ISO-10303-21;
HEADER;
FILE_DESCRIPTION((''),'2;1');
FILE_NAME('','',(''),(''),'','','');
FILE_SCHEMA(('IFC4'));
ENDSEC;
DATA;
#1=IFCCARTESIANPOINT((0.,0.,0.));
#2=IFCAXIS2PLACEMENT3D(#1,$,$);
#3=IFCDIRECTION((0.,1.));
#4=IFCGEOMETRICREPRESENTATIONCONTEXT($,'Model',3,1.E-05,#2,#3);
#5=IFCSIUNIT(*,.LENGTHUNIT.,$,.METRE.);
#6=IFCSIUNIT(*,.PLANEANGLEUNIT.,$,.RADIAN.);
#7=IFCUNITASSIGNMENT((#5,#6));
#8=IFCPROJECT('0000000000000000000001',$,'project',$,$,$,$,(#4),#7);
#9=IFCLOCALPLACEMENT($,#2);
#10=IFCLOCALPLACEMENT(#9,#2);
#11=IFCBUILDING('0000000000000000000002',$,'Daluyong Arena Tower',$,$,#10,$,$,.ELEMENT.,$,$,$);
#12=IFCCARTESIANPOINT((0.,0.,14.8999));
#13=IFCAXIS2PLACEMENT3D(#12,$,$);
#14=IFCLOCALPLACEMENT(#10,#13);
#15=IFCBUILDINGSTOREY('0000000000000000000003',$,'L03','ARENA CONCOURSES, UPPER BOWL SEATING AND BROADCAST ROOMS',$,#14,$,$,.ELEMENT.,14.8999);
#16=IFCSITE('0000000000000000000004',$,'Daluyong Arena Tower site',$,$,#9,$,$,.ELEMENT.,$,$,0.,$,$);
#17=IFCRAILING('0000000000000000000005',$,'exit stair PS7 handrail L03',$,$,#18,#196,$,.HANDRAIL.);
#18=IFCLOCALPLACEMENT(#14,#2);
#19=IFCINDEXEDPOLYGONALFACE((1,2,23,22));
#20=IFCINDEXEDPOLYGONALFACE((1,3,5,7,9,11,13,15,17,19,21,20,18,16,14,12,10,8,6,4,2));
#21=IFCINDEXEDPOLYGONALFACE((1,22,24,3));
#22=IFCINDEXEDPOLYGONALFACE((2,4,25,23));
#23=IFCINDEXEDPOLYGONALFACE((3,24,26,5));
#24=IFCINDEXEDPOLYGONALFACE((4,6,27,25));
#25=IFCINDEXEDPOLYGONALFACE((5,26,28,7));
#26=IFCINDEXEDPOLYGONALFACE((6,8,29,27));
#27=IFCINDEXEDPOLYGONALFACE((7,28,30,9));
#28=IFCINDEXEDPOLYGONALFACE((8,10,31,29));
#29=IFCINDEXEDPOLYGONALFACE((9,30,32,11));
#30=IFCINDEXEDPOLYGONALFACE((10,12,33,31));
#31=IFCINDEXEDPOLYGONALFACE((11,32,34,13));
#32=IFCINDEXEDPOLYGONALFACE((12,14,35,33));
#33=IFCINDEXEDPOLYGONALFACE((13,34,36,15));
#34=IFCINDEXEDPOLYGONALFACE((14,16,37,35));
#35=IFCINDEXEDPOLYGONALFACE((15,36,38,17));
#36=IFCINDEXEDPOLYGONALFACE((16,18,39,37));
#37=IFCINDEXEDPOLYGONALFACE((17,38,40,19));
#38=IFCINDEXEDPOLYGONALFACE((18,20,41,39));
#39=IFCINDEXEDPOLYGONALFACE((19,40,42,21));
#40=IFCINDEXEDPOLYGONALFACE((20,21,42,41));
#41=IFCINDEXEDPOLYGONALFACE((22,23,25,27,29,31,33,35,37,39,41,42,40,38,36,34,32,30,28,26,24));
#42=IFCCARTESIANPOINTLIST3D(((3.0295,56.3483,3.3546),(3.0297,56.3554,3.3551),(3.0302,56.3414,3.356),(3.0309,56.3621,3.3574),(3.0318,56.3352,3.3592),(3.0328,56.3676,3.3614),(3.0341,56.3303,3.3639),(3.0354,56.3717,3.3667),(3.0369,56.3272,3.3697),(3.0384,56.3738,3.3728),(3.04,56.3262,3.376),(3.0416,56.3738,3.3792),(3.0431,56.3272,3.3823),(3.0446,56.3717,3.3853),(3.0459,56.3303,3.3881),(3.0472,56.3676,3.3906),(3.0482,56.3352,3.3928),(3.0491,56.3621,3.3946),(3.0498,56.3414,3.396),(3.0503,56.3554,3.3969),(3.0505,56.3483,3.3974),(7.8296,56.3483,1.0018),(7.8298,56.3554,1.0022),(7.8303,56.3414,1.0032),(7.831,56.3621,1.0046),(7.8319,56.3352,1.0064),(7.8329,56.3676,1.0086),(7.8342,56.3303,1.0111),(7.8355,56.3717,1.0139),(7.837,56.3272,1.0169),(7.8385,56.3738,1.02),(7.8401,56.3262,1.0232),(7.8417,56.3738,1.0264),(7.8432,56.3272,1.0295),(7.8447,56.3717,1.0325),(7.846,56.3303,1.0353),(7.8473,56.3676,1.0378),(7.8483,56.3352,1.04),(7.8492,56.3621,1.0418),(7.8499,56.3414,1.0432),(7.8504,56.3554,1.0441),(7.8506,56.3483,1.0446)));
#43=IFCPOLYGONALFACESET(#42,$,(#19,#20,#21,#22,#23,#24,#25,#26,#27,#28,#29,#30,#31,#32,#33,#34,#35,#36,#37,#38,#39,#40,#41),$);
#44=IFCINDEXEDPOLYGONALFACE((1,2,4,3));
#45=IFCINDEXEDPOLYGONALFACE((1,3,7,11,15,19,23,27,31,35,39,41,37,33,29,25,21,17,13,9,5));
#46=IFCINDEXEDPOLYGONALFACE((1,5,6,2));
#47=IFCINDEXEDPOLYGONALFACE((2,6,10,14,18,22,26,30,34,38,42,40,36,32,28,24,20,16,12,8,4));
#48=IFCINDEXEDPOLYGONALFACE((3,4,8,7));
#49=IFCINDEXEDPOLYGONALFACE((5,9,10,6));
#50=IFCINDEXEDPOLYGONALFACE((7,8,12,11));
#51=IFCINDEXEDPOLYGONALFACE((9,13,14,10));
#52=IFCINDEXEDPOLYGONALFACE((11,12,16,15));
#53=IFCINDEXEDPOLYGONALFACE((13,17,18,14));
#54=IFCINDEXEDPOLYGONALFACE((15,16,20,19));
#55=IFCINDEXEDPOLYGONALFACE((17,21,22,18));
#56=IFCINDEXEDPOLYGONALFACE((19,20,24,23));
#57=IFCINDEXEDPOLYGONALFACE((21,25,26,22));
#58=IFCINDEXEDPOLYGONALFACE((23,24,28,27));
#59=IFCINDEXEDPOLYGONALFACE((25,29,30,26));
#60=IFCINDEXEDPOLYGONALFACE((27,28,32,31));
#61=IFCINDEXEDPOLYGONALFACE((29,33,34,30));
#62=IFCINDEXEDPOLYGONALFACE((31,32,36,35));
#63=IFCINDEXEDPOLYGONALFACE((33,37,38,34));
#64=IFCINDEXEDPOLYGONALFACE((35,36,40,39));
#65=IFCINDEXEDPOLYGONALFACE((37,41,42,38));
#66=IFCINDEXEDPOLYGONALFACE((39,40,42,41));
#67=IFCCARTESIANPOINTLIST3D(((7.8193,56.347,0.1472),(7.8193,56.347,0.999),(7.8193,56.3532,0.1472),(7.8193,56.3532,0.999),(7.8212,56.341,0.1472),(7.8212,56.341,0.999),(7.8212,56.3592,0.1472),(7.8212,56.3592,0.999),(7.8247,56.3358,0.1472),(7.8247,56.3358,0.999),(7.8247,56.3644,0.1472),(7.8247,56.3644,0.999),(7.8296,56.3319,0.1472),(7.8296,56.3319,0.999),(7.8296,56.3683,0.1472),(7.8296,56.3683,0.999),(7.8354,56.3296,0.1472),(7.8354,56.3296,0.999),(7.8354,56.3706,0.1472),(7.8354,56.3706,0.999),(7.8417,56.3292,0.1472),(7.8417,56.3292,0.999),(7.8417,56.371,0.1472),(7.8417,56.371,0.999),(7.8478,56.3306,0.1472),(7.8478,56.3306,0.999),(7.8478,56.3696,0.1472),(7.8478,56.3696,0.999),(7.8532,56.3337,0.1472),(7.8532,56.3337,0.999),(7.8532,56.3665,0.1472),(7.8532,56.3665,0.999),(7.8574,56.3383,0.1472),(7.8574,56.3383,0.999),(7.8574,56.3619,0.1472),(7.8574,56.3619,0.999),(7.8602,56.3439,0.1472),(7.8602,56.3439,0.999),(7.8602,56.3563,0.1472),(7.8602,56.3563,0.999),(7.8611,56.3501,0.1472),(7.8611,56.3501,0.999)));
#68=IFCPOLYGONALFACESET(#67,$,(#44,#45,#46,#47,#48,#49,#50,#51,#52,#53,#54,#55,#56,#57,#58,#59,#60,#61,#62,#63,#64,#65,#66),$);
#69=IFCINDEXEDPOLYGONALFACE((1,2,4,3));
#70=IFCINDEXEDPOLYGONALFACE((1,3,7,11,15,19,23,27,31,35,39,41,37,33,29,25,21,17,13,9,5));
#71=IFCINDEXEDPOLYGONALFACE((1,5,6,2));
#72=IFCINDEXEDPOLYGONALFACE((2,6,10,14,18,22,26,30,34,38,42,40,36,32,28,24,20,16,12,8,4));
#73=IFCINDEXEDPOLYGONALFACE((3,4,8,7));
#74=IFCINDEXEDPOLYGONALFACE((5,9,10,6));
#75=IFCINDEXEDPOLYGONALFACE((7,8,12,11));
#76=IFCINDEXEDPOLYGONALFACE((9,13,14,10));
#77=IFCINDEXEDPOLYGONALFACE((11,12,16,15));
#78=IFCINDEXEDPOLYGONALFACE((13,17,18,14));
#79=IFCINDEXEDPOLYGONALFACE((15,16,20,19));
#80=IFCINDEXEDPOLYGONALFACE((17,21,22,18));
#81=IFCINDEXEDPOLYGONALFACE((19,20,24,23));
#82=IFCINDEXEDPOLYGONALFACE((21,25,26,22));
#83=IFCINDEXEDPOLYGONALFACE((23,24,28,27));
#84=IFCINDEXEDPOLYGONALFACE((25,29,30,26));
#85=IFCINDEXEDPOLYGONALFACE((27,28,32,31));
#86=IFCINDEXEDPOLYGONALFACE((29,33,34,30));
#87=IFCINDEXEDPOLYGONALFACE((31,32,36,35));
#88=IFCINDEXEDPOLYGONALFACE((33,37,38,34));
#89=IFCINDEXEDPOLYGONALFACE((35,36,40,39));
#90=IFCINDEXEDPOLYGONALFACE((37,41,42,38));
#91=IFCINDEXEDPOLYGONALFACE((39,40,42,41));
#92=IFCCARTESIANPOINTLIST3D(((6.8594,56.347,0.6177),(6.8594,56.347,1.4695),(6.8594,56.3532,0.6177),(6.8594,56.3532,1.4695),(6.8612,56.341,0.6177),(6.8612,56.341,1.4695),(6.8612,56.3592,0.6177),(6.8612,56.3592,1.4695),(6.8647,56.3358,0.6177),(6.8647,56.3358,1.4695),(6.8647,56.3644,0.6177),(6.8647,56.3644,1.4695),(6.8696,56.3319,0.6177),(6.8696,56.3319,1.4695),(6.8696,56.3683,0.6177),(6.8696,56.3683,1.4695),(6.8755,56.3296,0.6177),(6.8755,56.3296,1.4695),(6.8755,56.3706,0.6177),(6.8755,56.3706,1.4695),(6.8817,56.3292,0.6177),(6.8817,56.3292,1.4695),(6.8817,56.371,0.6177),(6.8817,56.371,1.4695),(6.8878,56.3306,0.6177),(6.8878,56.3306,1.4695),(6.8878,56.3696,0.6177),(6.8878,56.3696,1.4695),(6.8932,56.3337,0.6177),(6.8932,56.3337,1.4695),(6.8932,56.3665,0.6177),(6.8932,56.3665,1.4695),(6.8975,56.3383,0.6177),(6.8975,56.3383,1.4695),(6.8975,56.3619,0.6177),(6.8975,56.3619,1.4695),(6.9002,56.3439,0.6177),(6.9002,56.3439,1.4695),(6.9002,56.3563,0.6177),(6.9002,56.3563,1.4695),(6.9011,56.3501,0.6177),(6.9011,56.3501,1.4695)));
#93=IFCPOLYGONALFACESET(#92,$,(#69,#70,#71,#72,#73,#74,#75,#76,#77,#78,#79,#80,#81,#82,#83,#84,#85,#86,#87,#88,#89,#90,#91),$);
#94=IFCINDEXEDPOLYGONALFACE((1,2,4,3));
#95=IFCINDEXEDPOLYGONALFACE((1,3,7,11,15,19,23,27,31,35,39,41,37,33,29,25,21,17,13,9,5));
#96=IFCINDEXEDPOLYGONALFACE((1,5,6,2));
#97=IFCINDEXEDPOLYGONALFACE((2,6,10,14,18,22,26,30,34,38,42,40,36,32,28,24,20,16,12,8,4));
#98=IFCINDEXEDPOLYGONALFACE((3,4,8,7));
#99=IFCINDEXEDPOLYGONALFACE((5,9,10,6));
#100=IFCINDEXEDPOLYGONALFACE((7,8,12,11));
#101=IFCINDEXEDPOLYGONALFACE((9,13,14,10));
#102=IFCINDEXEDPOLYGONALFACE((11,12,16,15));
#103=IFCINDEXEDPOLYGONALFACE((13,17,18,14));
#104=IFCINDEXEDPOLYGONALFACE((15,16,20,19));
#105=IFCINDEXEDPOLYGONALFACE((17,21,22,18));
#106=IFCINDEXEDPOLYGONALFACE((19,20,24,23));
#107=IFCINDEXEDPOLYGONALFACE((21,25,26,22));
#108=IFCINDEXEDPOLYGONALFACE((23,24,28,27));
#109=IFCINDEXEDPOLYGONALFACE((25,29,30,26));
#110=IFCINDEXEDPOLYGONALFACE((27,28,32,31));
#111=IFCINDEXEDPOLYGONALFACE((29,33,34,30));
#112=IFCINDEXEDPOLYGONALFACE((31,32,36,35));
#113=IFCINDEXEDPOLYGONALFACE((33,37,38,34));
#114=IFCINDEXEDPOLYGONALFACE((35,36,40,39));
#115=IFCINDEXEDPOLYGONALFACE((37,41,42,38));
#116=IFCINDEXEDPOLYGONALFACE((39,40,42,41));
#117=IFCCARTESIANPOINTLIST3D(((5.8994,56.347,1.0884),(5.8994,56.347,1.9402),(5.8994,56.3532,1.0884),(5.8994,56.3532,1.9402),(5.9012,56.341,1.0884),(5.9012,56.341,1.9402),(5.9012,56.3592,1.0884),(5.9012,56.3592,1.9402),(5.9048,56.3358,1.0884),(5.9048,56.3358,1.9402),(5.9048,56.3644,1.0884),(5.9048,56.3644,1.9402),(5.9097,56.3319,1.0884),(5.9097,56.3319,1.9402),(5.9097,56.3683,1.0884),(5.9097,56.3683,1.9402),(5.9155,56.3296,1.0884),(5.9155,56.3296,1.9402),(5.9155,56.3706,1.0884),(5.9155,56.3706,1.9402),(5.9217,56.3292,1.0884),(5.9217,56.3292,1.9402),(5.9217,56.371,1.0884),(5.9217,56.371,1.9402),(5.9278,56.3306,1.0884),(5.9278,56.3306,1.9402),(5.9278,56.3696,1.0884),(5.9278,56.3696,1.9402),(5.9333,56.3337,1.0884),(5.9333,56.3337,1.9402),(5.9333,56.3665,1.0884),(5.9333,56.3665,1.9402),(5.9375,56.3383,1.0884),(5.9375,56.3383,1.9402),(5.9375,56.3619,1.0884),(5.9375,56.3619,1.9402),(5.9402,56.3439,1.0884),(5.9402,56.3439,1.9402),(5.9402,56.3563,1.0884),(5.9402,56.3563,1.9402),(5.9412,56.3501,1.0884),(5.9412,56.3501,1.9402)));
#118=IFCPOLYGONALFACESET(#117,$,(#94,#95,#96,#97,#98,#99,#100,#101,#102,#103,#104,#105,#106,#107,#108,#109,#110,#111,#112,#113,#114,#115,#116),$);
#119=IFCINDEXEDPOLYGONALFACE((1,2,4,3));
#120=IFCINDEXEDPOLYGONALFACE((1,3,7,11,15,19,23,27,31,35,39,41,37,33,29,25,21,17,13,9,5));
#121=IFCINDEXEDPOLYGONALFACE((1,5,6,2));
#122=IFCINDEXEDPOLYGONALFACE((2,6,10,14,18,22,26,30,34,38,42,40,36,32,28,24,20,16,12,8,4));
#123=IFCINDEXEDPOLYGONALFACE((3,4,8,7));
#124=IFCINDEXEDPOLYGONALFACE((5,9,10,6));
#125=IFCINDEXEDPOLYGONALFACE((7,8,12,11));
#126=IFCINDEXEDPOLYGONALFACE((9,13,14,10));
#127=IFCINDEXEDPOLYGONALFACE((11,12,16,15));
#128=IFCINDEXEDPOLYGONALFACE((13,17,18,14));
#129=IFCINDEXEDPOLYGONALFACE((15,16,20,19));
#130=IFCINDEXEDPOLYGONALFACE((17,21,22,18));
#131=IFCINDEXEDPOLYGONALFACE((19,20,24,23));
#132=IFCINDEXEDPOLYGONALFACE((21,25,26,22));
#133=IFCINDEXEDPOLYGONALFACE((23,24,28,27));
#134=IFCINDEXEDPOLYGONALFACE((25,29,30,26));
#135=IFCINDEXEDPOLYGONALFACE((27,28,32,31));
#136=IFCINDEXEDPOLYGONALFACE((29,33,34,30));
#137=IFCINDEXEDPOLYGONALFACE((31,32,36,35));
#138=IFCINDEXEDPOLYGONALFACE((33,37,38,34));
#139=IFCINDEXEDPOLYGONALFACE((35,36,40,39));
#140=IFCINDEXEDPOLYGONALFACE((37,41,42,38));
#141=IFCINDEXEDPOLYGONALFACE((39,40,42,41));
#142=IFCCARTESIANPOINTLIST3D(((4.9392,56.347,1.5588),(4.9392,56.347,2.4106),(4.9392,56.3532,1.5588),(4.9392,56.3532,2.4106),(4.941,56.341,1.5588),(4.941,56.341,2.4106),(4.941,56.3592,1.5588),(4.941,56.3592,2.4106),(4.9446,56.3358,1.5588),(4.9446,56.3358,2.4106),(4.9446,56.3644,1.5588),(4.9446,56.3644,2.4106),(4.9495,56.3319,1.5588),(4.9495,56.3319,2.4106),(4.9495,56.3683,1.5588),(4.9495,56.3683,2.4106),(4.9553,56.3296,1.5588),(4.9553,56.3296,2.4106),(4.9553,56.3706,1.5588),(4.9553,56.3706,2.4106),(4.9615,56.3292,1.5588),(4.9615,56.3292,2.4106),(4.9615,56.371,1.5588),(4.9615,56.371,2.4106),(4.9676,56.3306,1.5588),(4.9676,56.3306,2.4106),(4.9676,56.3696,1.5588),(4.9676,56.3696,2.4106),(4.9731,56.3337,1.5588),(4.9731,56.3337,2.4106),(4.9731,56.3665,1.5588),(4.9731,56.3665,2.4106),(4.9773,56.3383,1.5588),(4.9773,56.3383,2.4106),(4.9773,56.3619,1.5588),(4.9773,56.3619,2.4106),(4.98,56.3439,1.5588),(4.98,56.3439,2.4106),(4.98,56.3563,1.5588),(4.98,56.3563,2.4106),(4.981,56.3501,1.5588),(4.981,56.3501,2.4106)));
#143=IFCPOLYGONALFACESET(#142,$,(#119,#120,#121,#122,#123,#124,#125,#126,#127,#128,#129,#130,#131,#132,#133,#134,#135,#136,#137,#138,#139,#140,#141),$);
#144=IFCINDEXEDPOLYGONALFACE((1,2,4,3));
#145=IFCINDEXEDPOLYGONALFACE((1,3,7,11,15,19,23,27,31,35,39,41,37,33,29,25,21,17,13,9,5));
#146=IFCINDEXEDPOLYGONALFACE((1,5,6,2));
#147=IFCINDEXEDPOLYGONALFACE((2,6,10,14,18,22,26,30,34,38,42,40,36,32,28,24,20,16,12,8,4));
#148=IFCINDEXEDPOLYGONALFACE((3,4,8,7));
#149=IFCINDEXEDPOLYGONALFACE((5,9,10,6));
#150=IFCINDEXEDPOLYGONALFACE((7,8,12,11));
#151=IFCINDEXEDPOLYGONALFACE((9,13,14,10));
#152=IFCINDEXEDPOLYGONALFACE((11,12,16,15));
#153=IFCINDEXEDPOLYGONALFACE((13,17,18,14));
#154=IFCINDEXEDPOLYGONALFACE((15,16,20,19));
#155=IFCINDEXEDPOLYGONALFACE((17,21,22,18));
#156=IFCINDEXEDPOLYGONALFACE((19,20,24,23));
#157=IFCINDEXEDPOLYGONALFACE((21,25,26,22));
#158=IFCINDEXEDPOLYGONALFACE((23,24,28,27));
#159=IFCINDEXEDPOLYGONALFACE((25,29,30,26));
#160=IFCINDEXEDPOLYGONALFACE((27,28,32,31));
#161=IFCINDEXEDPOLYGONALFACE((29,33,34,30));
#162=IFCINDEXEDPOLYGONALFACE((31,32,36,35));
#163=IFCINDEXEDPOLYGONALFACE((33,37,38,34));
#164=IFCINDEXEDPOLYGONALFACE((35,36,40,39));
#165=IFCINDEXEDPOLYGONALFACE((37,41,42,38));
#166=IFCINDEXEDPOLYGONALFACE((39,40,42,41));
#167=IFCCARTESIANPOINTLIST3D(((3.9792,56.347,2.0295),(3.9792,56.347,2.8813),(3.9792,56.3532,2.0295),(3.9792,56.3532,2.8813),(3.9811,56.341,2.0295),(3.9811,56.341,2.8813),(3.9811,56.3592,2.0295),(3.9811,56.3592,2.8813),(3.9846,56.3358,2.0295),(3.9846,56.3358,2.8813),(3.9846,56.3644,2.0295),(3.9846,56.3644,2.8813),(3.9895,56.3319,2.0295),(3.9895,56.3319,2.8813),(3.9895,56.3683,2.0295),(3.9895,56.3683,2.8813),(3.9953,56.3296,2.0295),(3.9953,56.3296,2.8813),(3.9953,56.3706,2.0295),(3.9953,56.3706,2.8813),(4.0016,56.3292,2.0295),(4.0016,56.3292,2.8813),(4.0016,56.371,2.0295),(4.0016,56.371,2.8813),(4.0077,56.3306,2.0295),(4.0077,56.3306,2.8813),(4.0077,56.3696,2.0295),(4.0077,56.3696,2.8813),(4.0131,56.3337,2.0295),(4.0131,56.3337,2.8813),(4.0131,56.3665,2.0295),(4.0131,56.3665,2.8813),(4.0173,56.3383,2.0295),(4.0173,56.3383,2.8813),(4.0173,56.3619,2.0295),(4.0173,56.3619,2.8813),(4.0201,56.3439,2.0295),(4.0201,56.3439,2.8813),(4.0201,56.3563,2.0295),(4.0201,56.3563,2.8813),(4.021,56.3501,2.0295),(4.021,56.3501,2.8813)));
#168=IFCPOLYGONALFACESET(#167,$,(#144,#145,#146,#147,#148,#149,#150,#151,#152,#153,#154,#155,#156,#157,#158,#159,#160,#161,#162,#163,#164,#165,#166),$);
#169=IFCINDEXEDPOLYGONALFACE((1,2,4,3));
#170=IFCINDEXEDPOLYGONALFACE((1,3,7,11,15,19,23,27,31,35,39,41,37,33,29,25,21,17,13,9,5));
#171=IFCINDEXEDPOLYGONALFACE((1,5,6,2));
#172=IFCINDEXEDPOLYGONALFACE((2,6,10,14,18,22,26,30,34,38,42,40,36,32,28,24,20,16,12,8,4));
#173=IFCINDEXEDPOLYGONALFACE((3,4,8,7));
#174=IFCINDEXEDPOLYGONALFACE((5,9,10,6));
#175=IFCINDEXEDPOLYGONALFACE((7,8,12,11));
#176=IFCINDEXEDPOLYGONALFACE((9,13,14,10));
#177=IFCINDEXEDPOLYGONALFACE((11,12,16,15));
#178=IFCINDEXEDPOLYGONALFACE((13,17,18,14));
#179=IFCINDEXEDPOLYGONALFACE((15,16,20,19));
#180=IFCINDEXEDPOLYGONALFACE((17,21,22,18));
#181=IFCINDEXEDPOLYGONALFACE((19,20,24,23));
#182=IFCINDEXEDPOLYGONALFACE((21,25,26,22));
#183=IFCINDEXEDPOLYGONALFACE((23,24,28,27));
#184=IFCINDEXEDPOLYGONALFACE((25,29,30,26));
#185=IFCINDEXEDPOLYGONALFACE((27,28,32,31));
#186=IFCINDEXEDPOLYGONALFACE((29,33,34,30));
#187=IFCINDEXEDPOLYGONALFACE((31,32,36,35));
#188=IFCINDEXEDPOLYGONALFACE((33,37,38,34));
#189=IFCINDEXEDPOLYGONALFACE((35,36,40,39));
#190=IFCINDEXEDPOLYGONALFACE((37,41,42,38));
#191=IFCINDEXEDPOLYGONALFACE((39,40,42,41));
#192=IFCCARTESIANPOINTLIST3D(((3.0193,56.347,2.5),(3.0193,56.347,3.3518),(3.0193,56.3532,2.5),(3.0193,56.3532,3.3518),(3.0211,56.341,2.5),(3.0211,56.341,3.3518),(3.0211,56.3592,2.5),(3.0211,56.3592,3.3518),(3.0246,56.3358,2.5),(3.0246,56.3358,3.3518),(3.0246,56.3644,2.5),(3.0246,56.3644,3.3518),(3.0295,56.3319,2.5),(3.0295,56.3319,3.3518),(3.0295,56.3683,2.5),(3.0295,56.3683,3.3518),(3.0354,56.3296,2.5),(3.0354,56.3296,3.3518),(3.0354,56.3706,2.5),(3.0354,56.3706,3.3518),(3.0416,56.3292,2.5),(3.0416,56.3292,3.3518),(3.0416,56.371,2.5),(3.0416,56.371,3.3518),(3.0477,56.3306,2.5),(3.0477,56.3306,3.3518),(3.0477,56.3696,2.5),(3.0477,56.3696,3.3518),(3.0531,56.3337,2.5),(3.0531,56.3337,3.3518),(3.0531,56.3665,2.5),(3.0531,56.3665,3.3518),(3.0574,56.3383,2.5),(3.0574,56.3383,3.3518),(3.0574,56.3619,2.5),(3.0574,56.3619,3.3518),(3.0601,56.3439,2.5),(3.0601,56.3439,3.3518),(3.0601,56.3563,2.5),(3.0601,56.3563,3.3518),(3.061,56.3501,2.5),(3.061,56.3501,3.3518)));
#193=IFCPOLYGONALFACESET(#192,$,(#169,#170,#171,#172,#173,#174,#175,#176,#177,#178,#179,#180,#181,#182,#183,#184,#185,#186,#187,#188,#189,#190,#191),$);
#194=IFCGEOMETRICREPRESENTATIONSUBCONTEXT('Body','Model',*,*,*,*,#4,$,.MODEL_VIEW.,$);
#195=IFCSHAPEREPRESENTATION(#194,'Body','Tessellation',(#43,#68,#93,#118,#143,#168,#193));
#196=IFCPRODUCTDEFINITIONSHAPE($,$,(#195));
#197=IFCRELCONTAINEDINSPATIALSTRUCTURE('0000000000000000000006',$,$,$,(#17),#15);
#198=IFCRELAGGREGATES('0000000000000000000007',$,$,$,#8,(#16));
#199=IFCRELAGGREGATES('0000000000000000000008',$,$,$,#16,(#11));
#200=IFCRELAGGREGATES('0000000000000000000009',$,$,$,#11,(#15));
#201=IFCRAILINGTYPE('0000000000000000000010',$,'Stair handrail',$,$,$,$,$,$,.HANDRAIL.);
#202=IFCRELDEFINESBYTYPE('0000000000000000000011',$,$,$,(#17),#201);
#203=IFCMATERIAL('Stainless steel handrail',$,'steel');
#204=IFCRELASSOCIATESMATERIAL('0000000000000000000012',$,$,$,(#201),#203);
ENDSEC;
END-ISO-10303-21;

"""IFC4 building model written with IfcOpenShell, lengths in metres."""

from ifc_helpers import new_model, si_unit, direction, frame, origin, origin_2d, place, context, subcontext, project, spatial, circle, extrude, material, type_object, element, save


model = new_model("IFC4")

# Units and contexts
model_context = context("Model", 3, precision=1e-05, world=origin(), true_north=direction((0.0, 1.0)))
body_context = subcontext(model_context, "Body", "Model", "MODEL_VIEW")
ifc_project = project(units=[si_unit("LENGTHUNIT", "METRE"), si_unit("PLANEANGLEUNIT", "RADIAN")], contexts=[model_context])

# Site, building, storey
site_placement = place(None, origin())
site = spatial("IfcSite", under=ifc_project, at=site_placement, Name="Daluyong Arena Tower site", CompositionType="ELEMENT", RefElevation=0.0)
building_placement = place(site_placement, origin())
building = spatial("IfcBuilding", under=site, at=building_placement, Name="Daluyong Arena Tower", CompositionType="ELEMENT")
storey_placement = place(building_placement, frame((0.0, 0.0, 14.8999)))
storey = spatial("IfcBuildingStorey", under=building, at=storey_placement, Name="L03", Description="ARENA CONCOURSES, UPPER BOWL SEATING AND BROADCAST ROOMS", CompositionType="ELEMENT", Elevation=14.8999)

# Railing
ifc_material_1 = material(Name="Stainless steel handrail", Category="steel")
railing_type_1 = type_object("IfcRailingType", Name="Stair handrail", PredefinedType="HANDRAIL", material=ifc_material_1)
railing_1_placement = place(storey_placement, frame((7.8401, 56.3501, 0.1472)))
element("IfcRailing", 1, at=railing_1_placement, inside=storey, type_object=railing_type_1, Name="exit stair PS7 handrail L03", PredefinedType="HANDRAIL", context=body_context, shape_type="SweptSolid", body=[
    extrude(circle(Radius=0.0239, at=origin_2d()), frame((0.0, 0.0, 0.876), z_axis=(-0.897934, 0.0, 0.44013), x_axis=(0.0, -1.0, 0.0)), (0.0, 0.0, 1.0), 5.3457),
    extrude(circle(Radius=0.021, at=origin_2d()), origin(), (0.0, 0.0, 1.0), 0.8518),
    extrude(circle(Radius=0.021, at=origin_2d()), frame((-0.96, 0.0, 0.4705)), (0.0, 0.0, 1.0), 0.8518),
    extrude(circle(Radius=0.021, at=origin_2d()), frame((-1.9199, 0.0, 0.9412)), (0.0, 0.0, 1.0), 0.8518),
    extrude(circle(Radius=0.021, at=origin_2d()), frame((-2.8801, 0.0, 1.4116)), (0.0, 0.0, 1.0), 0.8518),
    extrude(circle(Radius=0.021, at=origin_2d()), frame((-3.8401, 0.0, 1.8823)), (0.0, 0.0, 1.0), 0.8518),
    extrude(circle(Radius=0.021, at=origin_2d()), frame((-4.8, 0.0, 2.3528)), (0.0, 0.0, 1.0), 0.8518),
])

save(model, "model.ifc")
